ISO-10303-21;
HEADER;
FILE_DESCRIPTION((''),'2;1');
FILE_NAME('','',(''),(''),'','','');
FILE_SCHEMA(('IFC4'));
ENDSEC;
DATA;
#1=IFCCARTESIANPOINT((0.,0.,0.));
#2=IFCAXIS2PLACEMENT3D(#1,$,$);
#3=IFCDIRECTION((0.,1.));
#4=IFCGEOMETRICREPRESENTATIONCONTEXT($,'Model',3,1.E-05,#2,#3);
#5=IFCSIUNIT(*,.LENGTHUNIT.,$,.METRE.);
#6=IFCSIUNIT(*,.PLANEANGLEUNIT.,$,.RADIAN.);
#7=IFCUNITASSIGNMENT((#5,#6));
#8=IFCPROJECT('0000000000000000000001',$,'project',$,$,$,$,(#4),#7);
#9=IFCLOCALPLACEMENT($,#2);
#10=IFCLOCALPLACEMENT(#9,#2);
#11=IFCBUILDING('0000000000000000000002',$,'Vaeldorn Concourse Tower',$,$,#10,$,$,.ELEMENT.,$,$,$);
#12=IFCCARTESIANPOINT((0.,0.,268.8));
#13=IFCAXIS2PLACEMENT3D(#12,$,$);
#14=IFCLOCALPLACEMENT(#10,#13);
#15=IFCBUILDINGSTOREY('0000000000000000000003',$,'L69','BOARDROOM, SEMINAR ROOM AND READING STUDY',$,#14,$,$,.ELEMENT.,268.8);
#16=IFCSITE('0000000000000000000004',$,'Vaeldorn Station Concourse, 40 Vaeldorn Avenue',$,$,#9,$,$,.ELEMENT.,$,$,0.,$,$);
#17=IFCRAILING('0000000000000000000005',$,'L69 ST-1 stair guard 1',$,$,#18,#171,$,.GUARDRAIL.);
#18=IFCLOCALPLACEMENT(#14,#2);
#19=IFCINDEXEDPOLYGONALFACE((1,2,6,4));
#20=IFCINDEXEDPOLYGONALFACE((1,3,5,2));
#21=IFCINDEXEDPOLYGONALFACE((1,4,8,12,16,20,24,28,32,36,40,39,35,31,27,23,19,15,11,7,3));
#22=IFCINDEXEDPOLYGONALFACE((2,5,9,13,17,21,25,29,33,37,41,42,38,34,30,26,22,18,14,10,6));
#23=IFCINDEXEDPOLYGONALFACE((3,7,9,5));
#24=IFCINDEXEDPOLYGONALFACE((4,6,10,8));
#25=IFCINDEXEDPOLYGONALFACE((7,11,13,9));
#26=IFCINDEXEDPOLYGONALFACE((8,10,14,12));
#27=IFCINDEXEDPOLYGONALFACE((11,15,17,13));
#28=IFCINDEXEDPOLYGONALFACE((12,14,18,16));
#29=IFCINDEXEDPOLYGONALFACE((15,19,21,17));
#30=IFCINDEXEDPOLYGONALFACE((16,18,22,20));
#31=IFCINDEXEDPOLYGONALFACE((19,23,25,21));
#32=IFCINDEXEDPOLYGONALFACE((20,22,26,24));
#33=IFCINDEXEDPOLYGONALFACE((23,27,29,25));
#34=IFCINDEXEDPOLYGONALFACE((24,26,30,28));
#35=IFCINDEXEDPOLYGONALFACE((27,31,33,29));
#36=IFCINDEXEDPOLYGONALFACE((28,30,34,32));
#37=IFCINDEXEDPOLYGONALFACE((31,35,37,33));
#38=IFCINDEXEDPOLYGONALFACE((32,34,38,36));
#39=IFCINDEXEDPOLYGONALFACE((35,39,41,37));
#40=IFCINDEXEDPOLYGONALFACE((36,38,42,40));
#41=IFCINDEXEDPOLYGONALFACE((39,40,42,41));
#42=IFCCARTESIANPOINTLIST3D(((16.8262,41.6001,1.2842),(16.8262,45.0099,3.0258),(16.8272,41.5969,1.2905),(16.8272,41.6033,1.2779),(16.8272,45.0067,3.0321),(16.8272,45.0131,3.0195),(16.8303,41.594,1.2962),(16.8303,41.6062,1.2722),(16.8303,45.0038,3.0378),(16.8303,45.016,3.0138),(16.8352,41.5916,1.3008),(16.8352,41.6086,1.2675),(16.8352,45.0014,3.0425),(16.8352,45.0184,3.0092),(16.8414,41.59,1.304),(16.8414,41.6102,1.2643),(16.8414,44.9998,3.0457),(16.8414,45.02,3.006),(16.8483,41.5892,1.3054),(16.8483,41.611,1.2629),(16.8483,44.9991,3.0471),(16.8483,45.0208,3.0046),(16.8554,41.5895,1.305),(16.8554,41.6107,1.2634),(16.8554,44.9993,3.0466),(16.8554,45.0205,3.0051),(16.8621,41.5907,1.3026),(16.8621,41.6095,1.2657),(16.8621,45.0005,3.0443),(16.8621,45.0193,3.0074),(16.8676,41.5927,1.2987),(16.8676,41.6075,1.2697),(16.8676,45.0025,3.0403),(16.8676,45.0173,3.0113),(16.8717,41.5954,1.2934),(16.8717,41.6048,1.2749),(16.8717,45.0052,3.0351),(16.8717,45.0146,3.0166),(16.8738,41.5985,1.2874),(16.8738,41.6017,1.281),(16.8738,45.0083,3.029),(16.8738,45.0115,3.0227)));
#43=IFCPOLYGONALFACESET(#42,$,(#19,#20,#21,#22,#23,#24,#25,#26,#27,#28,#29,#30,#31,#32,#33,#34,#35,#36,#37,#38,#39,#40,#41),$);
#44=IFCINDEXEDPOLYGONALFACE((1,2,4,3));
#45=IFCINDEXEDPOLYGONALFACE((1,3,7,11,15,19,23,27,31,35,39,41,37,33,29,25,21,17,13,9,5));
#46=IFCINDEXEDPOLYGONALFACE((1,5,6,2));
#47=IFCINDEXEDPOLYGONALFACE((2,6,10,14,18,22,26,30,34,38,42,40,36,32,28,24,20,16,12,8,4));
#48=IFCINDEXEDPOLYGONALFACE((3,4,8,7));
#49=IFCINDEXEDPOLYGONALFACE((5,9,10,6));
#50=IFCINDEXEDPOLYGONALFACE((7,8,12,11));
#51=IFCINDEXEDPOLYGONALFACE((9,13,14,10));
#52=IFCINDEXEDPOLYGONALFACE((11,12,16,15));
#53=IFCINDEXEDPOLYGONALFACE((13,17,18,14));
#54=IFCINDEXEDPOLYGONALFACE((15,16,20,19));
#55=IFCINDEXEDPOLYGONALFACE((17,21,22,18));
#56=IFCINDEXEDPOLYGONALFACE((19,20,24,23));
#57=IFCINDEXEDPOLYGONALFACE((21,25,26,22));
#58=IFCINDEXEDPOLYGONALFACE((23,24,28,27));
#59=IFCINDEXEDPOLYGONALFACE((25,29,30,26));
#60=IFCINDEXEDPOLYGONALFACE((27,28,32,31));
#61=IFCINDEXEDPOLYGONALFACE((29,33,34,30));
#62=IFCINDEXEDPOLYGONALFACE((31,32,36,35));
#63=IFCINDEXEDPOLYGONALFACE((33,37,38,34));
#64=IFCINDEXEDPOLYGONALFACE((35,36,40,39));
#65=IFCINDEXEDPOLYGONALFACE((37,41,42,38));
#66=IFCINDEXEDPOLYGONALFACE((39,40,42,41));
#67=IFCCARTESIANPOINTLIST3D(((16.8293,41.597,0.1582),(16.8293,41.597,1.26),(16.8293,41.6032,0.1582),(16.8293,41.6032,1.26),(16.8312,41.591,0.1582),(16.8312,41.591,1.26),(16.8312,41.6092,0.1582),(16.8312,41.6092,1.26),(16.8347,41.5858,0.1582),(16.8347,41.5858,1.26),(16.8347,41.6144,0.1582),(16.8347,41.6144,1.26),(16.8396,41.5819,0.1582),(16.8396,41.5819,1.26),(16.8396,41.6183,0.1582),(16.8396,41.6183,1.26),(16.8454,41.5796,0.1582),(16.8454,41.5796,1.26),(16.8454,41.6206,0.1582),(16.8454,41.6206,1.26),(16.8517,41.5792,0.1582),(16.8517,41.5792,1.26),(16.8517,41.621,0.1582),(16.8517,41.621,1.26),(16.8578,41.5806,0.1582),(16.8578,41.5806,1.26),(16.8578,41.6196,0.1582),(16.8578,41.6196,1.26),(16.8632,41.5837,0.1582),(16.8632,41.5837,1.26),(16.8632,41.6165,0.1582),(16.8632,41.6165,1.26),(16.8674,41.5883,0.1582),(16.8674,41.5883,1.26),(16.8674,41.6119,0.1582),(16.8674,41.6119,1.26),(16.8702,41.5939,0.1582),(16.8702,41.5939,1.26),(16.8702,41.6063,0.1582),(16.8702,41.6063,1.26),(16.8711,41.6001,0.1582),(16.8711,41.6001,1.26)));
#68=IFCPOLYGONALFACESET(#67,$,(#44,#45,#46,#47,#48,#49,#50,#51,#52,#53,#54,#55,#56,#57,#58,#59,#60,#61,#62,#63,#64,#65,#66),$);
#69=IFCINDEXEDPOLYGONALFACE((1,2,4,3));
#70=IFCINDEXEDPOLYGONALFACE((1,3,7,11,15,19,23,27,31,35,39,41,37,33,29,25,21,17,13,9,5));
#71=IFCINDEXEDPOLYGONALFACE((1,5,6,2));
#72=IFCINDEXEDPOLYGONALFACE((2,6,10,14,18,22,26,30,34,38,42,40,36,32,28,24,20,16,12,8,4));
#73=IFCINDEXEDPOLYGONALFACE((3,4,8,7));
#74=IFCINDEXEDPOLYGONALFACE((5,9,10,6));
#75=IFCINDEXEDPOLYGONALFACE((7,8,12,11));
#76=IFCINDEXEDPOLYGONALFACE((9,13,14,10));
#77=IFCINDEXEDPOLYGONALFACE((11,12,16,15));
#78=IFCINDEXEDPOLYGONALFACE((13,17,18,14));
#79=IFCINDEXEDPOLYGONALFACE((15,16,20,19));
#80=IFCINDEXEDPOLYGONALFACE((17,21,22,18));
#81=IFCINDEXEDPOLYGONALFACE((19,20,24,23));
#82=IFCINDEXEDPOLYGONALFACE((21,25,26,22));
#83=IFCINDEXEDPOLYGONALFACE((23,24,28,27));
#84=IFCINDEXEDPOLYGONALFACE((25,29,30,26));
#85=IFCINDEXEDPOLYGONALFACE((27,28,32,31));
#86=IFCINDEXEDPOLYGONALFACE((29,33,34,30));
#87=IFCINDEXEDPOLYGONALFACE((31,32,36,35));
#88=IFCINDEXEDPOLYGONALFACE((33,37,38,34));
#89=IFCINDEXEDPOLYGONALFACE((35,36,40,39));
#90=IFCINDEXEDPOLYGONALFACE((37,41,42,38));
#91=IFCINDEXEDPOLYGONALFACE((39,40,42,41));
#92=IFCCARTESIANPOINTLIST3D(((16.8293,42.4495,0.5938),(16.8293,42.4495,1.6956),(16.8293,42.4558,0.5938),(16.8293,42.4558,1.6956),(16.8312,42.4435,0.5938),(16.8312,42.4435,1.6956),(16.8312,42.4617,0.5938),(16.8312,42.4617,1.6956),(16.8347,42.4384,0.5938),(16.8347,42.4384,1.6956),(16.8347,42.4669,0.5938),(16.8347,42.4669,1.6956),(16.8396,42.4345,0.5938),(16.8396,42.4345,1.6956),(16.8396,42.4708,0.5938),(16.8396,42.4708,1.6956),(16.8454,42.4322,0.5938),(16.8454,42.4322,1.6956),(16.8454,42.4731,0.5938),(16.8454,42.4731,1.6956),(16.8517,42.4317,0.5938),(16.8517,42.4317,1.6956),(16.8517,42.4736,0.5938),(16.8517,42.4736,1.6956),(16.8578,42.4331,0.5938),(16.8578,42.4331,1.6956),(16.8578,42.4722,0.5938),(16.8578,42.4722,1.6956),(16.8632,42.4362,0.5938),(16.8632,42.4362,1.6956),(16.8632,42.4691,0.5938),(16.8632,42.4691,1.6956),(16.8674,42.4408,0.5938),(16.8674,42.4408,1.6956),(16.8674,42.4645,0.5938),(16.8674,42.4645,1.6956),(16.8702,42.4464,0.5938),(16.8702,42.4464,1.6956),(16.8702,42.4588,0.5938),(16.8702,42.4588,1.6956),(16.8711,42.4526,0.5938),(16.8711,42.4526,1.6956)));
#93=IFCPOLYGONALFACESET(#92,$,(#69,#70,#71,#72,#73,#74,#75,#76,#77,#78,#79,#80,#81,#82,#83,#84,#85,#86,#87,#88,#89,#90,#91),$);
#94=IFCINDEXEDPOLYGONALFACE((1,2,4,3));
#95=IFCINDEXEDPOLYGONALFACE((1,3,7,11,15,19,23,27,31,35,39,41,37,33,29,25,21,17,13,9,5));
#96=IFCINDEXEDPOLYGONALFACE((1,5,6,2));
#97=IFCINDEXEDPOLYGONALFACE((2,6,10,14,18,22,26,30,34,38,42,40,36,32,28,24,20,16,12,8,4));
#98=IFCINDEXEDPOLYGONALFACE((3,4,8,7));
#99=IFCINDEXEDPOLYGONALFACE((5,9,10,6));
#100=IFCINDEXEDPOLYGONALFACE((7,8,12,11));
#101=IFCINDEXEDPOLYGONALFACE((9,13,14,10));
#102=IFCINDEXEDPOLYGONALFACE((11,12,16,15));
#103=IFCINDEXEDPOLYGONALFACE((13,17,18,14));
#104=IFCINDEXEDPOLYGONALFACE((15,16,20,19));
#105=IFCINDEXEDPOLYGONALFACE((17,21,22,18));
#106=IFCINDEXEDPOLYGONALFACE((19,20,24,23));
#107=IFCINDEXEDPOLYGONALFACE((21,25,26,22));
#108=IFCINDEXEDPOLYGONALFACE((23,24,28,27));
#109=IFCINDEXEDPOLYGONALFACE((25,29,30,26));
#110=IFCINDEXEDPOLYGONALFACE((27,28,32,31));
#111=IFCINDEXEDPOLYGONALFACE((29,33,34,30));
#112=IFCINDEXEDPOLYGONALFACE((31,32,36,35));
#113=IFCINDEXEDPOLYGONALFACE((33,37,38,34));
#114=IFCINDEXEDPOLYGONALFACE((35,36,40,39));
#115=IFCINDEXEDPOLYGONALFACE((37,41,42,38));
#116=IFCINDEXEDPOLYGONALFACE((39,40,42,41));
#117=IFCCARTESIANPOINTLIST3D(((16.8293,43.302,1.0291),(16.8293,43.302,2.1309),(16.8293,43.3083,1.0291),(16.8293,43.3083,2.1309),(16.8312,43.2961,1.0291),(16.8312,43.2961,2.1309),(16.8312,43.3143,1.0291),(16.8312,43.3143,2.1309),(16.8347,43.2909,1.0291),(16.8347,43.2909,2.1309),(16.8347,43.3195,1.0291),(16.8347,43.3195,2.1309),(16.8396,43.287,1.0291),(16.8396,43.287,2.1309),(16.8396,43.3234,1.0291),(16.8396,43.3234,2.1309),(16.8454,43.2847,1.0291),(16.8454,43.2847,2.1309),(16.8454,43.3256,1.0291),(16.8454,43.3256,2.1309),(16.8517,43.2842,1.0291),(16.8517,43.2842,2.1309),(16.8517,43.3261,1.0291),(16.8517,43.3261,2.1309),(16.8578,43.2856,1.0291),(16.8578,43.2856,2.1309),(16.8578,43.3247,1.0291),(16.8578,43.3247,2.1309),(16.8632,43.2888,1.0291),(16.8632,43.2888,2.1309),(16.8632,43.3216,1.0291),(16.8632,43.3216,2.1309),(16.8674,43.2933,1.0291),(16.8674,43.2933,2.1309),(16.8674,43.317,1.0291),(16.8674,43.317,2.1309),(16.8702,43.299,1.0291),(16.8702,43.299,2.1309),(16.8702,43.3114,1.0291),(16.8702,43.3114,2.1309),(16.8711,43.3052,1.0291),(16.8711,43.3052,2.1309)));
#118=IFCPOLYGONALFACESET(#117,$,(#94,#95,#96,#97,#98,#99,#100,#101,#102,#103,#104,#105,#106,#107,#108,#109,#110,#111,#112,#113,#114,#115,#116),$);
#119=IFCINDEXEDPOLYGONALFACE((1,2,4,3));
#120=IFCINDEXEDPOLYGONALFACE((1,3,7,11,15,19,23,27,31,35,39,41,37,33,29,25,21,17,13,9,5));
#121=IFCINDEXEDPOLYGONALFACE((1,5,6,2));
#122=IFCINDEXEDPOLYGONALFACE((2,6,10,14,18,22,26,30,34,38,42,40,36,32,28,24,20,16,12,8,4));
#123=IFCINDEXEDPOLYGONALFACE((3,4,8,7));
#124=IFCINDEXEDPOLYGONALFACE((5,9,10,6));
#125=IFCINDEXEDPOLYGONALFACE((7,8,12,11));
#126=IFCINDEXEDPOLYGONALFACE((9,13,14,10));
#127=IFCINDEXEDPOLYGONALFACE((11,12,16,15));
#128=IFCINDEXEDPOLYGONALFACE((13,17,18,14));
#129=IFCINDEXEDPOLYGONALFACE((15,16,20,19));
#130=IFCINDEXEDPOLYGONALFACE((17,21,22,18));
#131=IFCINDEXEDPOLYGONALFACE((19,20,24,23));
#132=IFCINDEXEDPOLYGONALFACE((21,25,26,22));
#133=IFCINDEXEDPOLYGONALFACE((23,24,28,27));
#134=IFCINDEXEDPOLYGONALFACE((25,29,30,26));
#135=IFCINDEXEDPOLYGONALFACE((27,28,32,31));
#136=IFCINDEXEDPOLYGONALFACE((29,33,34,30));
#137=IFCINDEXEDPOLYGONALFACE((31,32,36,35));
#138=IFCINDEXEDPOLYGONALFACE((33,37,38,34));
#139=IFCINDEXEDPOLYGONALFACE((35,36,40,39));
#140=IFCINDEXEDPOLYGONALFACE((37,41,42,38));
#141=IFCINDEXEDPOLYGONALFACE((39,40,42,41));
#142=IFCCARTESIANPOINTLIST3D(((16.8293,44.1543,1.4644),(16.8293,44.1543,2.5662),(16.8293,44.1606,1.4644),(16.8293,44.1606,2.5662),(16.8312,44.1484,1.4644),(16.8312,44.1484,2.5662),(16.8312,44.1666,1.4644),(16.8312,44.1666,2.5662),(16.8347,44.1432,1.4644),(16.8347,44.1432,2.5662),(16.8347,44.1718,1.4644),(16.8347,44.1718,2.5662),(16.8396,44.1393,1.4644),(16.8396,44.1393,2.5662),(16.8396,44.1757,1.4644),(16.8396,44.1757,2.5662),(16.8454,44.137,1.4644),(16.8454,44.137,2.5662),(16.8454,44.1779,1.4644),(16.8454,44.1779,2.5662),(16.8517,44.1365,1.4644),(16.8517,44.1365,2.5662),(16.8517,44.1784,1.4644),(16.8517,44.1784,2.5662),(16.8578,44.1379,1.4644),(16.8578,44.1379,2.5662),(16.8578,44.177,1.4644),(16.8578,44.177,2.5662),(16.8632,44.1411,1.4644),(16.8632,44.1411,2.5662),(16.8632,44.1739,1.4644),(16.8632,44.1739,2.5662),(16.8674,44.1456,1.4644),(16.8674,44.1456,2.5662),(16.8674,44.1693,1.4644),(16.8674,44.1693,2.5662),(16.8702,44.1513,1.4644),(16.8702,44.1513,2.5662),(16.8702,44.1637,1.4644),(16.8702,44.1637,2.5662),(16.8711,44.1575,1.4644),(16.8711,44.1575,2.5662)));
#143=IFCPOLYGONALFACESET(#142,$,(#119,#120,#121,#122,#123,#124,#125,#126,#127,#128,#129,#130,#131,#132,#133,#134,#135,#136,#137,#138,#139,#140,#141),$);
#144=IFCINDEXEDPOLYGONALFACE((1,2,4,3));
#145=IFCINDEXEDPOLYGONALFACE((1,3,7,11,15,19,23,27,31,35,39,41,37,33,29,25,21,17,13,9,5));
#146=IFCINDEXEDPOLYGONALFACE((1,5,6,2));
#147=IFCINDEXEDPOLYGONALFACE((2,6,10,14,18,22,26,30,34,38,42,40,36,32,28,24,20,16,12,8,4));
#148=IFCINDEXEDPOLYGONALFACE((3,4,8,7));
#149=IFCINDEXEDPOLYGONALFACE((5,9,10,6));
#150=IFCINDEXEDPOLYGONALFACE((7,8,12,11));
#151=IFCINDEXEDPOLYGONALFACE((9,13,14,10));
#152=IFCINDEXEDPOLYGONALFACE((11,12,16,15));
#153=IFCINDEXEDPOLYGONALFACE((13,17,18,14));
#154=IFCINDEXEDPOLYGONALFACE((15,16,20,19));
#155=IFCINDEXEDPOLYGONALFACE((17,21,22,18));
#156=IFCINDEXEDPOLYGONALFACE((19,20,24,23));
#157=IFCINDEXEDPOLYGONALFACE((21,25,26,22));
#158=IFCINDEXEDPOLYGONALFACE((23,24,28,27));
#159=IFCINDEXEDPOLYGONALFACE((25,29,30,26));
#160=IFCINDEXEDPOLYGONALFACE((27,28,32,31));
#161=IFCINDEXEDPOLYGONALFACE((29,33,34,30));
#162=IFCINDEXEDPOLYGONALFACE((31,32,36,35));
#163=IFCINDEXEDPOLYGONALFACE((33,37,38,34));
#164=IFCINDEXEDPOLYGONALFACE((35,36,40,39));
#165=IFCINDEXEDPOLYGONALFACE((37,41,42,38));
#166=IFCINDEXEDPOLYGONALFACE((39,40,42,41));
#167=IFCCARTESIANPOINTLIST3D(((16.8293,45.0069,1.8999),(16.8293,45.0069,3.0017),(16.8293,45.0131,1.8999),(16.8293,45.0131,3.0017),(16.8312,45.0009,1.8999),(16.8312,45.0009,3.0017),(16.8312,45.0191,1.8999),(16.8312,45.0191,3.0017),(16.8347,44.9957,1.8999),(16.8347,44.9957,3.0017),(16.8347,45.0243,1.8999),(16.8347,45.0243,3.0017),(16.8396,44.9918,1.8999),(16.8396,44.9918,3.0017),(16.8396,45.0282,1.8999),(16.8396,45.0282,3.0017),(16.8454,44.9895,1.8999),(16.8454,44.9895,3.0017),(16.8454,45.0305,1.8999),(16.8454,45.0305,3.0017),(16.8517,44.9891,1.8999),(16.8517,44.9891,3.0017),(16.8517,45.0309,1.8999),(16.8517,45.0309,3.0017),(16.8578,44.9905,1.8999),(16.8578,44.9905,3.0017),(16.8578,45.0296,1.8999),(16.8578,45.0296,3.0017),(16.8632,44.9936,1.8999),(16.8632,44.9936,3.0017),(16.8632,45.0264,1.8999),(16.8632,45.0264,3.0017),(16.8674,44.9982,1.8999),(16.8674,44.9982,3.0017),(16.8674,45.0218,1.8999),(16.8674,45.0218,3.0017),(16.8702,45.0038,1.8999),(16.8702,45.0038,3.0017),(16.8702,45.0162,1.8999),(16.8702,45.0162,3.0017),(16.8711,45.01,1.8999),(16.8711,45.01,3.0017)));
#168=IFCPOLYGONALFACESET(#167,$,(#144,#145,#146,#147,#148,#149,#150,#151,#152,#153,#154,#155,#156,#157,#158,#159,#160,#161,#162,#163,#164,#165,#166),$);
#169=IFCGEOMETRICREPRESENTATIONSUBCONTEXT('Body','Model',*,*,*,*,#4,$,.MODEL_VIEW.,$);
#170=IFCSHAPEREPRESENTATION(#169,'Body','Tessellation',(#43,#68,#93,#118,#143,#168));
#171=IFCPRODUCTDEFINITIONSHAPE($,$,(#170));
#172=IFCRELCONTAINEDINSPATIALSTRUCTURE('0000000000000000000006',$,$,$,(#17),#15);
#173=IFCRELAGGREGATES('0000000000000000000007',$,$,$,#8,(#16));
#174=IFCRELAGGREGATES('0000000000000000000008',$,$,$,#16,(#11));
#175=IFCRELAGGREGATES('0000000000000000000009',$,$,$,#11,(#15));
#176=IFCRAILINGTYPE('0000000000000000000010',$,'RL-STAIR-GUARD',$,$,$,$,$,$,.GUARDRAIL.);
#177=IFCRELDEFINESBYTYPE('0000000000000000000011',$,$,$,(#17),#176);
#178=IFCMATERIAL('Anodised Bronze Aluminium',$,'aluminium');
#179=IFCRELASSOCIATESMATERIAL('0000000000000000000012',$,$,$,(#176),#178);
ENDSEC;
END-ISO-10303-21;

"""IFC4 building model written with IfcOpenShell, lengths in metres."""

from ifc_helpers import new_model, si_unit, direction, frame, origin, origin_2d, place, context, subcontext, project, spatial, circle, extrude, material, type_object, element, save


model = new_model("IFC4")

# Units and contexts
model_context = context("Model", 3, precision=1e-05, world=origin(), true_north=direction((0.0, 1.0)))
body_context = subcontext(model_context, "Body", "Model", "MODEL_VIEW")
ifc_project = project(units=[si_unit("LENGTHUNIT", "METRE"), si_unit("PLANEANGLEUNIT", "RADIAN")], contexts=[model_context])

# Site, building, storey
site_placement = place(None, origin())
site = spatial("IfcSite", under=ifc_project, at=site_placement, Name="Vaeldorn Station Concourse, 40 Vaeldorn Avenue", CompositionType="ELEMENT", RefElevation=0.0)
building_placement = place(site_placement, origin())
building = spatial("IfcBuilding", under=site, at=building_placement, Name="Vaeldorn Concourse Tower", CompositionType="ELEMENT")
storey_placement = place(building_placement, frame((0.0, 0.0, 268.8)))
storey = spatial("IfcBuildingStorey", under=building, at=storey_placement, Name="L69", Description="BOARDROOM, SEMINAR ROOM AND READING STUDY", CompositionType="ELEMENT", Elevation=268.8)

# Shared definitions
ifc_material_1 = material(Name="Anodised Bronze Aluminium", Category="aluminium")

# Railing
railing_type_1 = type_object("IfcRailingType", Name="RL-STAIR-GUARD", PredefinedType="GUARDRAIL", material=ifc_material_1)
railing_1_placement = place(storey_placement, frame((16.8501, 41.6001, 0.1582)))
element("IfcRailing", 1, at=railing_1_placement, inside=storey, type_object=railing_type_1, Name="L69 ST-1 stair guard 1", PredefinedType="GUARDRAIL", context=body_context, shape_type="SweptSolid", body=[
    extrude(circle(Radius=0.0239, at=origin_2d()), frame((0.0, 0.0, 1.126), z_axis=(0.0, 0.890556, 0.454874), x_axis=(-1.0, 0.0, 0.0)), (0.0, 0.0, 1.0), 3.8289),
    extrude(circle(Radius=0.021, at=origin_2d()), origin(), (0.0, 0.0, 1.0), 1.1018),
    extrude(circle(Radius=0.021, at=origin_2d()), frame((0.0, 0.8525, 0.4355)), (0.0, 0.0, 1.0), 1.1018),
    extrude(circle(Radius=0.021, at=origin_2d()), frame((0.0, 1.7051, 0.8708)), (0.0, 0.0, 1.0), 1.1018),
    extrude(circle(Radius=0.021, at=origin_2d()), frame((0.0, 2.5574, 1.3062)), (0.0, 0.0, 1.0), 1.1018),
    extrude(circle(Radius=0.021, at=origin_2d()), frame((0.0, 3.4099, 1.7417)), (0.0, 0.0, 1.0), 1.1018),
])

save(model, "model.ifc")
